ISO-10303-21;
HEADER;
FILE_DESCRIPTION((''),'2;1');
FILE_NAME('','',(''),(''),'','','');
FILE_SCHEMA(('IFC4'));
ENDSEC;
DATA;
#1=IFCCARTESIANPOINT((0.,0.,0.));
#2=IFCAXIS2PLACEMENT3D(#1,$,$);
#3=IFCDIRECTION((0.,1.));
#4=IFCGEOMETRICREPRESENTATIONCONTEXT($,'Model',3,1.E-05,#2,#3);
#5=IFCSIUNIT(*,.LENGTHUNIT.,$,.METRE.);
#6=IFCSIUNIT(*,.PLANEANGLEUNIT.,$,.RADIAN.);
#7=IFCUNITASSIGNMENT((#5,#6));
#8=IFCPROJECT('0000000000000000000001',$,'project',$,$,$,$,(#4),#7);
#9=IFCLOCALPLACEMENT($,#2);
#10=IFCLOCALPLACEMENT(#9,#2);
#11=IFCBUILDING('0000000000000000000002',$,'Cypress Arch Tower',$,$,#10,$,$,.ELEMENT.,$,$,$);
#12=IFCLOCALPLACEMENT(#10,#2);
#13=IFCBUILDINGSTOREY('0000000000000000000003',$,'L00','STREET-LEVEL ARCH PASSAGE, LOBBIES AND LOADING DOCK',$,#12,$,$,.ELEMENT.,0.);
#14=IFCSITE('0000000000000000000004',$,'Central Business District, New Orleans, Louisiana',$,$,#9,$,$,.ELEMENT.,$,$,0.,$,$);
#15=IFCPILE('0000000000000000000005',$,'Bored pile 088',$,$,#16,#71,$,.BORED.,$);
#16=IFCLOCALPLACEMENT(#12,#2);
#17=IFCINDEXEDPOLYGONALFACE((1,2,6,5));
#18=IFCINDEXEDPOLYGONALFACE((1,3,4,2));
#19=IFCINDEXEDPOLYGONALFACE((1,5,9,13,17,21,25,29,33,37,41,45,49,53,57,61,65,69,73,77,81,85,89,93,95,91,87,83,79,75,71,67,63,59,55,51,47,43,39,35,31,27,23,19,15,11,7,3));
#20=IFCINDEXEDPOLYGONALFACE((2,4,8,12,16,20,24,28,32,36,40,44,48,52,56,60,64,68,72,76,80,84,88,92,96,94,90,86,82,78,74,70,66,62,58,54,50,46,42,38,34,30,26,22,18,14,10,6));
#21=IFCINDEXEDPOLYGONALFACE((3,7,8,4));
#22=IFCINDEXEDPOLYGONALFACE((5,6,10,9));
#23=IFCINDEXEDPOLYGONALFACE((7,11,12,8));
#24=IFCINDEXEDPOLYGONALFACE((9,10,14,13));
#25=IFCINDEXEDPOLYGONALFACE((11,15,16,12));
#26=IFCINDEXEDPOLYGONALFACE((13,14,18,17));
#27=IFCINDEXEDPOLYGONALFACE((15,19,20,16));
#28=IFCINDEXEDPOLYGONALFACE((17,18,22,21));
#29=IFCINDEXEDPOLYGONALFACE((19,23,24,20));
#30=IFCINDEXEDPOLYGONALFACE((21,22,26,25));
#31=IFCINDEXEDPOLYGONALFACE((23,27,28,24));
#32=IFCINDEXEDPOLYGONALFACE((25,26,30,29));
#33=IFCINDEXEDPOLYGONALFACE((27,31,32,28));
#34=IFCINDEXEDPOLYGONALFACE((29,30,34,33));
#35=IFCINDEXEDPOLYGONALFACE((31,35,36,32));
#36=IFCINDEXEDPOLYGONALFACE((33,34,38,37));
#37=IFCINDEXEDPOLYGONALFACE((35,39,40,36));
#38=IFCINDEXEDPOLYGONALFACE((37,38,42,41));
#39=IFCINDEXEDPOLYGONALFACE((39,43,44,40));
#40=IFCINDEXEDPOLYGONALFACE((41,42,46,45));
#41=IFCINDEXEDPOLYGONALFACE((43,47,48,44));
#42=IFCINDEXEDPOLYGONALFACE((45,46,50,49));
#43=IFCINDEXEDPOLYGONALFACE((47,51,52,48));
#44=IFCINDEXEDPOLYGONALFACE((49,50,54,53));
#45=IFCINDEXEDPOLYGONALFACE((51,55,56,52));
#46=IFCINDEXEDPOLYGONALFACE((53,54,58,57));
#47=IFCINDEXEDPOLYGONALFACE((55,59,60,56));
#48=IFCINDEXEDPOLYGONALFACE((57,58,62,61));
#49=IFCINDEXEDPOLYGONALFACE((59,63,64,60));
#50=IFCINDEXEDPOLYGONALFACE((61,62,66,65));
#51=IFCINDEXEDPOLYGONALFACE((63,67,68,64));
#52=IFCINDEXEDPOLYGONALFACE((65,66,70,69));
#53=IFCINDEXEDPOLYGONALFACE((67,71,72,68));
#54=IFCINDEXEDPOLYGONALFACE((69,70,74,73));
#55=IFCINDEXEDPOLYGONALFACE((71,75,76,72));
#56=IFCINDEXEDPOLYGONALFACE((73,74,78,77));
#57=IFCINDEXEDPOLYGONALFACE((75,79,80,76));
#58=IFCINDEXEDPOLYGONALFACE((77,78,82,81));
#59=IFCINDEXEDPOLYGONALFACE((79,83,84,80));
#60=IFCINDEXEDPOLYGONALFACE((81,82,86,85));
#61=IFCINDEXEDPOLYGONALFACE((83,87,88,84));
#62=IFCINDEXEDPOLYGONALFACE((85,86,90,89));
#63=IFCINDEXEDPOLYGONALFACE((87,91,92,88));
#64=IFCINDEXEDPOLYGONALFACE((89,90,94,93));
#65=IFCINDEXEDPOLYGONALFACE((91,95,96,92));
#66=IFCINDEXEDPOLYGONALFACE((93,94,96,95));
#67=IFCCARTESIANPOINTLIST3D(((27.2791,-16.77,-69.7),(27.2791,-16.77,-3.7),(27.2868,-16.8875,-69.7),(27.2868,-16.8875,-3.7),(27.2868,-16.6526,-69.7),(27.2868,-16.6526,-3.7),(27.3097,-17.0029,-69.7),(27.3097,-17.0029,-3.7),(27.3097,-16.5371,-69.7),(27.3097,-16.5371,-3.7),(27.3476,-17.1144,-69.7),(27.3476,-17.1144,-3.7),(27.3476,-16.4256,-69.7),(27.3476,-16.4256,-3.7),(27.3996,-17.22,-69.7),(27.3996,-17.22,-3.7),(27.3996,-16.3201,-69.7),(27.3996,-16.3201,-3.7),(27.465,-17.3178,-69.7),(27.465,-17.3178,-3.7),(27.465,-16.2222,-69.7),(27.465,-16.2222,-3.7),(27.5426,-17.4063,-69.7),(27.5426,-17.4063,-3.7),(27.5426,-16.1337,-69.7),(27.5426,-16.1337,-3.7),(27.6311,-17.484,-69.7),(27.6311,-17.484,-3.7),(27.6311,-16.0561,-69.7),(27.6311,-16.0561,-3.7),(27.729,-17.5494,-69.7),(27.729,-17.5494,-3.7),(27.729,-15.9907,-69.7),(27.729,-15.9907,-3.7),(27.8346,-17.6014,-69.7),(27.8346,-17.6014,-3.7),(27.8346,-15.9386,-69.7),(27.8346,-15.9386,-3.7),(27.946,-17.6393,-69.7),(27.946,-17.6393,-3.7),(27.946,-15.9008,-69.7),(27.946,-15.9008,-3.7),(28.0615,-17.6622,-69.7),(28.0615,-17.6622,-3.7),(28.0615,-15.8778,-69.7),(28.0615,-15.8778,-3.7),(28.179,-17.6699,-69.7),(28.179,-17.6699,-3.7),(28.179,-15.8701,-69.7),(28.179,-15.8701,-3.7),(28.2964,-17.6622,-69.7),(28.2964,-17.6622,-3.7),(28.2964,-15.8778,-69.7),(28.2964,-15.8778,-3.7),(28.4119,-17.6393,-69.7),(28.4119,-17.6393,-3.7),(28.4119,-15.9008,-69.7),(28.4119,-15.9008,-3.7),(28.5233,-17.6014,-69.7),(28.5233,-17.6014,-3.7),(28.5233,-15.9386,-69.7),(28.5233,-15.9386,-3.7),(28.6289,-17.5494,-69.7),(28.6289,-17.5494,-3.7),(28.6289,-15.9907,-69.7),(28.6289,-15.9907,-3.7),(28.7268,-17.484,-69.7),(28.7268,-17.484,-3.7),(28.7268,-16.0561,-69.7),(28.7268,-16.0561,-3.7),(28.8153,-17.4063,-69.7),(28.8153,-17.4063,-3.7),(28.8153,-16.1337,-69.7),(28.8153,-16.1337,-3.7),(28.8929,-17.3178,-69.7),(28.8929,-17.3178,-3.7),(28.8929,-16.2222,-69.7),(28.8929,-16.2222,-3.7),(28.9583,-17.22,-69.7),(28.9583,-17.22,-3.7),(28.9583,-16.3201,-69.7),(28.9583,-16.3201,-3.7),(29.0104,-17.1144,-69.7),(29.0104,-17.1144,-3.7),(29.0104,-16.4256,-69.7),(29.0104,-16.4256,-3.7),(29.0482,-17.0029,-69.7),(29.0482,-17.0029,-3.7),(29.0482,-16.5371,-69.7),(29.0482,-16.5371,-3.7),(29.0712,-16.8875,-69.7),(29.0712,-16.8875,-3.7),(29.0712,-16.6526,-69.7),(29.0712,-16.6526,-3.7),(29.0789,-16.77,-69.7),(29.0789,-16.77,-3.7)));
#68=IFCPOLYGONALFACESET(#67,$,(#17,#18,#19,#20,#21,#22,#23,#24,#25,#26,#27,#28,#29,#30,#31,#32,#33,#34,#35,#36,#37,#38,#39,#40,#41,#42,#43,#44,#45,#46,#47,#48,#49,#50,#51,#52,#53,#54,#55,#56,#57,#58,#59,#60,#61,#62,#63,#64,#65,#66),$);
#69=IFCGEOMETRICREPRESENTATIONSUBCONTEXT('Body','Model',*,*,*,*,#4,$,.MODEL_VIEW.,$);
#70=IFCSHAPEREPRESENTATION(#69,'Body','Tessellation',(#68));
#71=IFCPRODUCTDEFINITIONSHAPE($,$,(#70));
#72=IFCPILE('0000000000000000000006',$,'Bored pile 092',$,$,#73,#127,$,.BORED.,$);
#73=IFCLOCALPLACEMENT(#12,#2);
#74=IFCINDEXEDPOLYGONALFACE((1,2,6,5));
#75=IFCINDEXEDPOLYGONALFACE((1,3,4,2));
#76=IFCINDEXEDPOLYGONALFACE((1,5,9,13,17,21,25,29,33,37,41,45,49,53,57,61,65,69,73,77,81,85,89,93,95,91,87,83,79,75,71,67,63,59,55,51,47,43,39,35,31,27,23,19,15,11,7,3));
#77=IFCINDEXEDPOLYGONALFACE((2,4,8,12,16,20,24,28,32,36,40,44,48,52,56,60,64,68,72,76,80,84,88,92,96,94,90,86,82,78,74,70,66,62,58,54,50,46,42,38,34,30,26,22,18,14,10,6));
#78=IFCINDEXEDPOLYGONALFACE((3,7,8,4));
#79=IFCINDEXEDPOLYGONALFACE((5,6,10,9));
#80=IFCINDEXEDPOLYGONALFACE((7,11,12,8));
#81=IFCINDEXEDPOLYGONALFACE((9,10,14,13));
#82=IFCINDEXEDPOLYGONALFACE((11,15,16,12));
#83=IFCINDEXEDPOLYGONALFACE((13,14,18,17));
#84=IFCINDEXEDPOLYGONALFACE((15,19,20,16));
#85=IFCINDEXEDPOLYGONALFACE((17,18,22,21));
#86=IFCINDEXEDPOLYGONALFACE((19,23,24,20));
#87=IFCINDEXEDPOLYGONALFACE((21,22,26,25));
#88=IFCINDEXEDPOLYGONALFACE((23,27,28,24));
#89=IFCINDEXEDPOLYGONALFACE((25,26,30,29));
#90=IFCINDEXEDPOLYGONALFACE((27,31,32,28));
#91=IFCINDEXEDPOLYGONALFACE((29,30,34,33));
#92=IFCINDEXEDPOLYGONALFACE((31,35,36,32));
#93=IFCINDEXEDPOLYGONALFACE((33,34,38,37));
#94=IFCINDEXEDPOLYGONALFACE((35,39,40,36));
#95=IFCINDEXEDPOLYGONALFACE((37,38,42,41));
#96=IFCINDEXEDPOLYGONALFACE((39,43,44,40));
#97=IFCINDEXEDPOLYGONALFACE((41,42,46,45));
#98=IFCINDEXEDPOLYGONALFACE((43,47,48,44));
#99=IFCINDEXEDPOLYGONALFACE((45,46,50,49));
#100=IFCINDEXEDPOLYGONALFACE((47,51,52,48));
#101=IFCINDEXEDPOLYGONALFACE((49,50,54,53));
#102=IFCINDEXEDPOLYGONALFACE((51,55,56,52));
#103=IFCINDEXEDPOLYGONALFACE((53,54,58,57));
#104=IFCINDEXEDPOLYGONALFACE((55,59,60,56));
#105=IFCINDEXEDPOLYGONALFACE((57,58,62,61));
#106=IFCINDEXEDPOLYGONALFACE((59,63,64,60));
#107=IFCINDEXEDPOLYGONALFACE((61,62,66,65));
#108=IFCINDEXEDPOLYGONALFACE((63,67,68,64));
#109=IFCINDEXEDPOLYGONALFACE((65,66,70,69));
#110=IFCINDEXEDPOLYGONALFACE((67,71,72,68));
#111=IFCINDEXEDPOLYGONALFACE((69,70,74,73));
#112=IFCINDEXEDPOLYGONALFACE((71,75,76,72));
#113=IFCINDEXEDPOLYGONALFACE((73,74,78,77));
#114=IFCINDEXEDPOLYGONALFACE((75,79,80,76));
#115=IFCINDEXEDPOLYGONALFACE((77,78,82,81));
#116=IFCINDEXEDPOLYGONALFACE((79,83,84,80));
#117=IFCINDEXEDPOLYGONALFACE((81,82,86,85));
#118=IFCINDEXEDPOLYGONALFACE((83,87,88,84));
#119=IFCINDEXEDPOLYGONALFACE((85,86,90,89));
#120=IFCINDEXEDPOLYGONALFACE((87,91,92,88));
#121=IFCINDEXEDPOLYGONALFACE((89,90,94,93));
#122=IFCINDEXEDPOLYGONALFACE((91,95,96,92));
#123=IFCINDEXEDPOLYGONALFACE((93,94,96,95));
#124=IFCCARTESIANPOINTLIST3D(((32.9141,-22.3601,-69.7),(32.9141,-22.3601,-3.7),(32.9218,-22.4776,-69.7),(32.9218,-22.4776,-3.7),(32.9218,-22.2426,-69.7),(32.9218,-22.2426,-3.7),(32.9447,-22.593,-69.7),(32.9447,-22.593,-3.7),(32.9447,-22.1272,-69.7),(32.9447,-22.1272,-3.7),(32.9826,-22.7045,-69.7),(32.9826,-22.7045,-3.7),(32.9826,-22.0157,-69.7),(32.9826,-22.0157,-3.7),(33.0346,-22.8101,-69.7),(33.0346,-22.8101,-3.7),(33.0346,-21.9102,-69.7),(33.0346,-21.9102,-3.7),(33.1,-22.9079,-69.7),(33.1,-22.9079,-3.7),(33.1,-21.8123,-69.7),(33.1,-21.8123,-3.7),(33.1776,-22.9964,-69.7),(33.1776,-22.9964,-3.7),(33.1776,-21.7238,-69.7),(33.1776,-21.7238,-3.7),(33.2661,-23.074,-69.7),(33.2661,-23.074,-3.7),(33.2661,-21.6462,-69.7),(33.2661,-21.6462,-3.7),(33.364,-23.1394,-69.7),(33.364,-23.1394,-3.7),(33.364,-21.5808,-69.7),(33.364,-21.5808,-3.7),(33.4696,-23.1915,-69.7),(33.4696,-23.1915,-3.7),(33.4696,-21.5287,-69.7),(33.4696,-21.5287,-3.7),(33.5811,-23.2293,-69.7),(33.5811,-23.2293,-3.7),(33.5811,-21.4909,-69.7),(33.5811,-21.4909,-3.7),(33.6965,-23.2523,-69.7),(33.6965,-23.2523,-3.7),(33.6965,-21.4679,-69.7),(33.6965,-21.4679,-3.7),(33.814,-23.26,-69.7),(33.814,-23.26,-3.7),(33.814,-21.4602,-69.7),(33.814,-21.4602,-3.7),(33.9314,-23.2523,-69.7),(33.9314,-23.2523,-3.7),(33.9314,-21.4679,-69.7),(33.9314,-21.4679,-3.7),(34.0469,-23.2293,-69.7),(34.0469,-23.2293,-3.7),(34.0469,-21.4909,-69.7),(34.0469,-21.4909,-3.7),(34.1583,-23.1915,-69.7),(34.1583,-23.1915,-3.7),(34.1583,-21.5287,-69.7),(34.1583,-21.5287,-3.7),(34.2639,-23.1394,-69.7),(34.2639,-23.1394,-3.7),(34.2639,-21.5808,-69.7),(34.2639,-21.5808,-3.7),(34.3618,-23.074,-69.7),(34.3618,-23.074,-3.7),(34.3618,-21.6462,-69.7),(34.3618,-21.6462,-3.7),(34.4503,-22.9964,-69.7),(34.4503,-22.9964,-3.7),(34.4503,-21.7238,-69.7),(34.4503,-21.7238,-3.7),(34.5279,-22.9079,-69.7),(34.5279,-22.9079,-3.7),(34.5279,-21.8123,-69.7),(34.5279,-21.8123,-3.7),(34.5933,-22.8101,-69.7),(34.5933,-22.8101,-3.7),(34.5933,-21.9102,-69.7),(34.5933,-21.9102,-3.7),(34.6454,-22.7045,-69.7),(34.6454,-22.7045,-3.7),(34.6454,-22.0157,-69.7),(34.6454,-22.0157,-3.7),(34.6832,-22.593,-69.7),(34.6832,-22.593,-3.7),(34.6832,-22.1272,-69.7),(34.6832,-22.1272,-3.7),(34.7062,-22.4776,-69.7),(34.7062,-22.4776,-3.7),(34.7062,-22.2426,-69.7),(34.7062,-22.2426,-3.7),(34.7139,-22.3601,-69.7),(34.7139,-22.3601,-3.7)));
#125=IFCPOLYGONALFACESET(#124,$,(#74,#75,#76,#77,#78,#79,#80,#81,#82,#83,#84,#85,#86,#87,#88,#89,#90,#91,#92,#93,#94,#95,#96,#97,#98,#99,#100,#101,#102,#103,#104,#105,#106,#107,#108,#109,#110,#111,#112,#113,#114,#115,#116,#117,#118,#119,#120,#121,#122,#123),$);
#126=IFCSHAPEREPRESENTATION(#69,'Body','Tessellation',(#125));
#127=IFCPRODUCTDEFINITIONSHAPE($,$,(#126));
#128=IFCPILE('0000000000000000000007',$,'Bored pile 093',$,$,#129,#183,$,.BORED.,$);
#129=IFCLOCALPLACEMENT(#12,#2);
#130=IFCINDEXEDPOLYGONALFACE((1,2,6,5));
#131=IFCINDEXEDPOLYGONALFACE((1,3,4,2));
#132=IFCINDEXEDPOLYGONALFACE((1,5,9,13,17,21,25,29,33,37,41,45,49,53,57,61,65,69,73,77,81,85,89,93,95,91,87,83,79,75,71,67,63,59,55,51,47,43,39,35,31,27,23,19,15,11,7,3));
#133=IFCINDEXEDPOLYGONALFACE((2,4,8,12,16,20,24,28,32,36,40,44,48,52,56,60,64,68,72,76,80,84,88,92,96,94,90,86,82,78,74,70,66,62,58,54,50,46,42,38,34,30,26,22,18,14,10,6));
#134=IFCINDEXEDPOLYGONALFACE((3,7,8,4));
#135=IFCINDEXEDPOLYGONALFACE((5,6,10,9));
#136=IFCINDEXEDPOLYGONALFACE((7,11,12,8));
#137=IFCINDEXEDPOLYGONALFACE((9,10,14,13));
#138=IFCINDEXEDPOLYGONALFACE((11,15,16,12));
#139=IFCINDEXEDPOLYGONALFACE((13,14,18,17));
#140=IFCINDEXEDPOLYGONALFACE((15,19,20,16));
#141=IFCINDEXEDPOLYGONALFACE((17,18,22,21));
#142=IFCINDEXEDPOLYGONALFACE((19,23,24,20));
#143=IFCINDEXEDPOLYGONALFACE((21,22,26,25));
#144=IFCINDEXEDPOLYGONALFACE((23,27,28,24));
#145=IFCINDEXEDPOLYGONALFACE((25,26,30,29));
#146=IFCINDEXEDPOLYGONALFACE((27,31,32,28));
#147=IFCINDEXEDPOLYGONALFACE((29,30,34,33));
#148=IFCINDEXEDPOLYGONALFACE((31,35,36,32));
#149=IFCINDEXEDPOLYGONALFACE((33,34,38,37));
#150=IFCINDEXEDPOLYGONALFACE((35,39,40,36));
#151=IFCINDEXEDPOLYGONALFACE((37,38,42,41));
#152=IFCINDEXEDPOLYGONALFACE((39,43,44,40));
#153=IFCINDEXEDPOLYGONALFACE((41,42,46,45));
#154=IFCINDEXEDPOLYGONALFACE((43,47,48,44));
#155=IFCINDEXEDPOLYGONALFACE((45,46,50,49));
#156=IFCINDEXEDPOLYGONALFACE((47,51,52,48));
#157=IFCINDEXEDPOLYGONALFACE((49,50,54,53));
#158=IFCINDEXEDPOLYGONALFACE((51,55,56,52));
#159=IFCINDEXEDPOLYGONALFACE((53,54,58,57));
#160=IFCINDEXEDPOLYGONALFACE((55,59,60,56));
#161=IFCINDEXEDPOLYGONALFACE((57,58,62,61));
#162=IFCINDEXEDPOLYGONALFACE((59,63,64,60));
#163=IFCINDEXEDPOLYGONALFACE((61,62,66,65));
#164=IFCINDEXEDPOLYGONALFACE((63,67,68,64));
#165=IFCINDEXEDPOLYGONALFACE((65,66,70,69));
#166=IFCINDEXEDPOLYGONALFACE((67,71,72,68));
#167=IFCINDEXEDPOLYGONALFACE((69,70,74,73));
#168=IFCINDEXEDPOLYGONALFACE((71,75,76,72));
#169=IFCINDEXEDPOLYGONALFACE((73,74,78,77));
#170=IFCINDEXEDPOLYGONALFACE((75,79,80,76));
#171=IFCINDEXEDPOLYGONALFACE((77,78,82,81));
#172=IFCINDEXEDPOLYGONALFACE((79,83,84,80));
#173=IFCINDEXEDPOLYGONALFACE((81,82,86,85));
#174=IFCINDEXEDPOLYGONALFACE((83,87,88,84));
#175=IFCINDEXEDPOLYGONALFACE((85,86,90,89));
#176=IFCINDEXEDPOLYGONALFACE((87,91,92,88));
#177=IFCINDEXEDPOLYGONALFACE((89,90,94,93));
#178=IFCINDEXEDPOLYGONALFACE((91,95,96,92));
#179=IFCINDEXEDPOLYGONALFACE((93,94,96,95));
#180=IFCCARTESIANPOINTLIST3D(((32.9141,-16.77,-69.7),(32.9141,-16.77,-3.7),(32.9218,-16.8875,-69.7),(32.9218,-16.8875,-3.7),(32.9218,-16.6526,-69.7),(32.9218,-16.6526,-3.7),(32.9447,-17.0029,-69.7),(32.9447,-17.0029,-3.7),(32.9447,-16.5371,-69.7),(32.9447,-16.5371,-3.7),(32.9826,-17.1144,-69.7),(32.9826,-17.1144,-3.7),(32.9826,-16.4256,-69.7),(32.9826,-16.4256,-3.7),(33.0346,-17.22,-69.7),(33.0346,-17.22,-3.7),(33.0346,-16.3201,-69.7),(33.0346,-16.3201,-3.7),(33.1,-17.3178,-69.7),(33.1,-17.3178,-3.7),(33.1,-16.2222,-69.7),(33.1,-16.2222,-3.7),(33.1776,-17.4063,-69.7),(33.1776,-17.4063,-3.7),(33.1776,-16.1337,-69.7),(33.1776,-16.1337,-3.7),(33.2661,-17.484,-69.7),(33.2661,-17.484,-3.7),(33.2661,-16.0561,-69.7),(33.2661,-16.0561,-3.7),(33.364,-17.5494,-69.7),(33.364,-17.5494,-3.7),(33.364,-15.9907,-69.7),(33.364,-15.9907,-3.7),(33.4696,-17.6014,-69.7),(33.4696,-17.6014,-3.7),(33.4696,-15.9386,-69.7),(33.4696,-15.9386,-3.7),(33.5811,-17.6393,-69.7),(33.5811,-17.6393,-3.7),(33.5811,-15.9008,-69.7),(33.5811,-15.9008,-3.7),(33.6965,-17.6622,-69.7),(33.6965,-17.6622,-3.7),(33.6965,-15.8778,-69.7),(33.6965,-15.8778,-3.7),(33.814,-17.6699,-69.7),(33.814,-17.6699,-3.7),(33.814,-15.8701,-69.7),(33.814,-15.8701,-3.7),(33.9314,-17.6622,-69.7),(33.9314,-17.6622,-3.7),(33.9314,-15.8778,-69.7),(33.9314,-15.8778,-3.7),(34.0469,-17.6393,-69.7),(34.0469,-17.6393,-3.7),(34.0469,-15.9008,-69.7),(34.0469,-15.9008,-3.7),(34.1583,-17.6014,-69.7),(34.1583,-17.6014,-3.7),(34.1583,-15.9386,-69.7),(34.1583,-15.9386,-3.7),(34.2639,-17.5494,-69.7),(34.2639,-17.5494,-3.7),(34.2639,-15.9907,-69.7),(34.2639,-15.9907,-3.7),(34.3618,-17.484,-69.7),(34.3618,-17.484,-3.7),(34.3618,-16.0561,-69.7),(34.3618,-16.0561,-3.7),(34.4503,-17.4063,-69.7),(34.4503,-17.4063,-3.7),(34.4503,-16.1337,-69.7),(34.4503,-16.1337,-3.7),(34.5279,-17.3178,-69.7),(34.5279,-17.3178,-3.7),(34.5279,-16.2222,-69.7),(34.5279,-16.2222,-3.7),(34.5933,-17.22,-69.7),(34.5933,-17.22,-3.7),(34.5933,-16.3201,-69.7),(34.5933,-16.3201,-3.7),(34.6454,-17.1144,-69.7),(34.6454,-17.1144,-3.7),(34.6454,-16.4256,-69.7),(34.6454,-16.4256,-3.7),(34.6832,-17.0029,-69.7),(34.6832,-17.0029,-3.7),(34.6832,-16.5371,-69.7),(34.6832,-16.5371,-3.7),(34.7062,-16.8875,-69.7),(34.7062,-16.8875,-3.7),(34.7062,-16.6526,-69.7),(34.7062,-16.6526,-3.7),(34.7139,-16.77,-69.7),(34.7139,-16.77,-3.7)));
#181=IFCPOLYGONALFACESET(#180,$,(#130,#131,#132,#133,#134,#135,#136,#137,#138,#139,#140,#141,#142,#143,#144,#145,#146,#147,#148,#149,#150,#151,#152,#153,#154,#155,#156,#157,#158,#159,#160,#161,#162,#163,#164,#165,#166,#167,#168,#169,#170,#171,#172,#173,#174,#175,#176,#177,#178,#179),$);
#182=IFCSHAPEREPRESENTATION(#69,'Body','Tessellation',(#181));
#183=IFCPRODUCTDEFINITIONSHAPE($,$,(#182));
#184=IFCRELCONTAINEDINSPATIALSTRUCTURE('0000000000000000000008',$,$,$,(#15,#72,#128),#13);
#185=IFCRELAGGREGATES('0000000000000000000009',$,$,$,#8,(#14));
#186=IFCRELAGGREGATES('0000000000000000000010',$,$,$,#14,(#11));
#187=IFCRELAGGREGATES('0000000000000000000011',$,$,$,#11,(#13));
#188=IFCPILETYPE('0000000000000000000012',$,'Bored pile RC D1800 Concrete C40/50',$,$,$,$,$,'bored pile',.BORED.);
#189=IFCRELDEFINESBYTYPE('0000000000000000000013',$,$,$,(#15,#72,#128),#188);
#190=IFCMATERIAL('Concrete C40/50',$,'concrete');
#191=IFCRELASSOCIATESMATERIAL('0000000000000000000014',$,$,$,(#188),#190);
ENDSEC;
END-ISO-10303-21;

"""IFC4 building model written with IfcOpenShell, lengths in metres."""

from ifc_helpers import new_model, si_unit, direction, frame, origin, origin_2d, place, context, subcontext, project, spatial, circle, extrude, material, material_profile, profile_set, type_object, element, save


model = new_model("IFC4")

# Units and contexts
model_context = context("Model", 3, precision=1e-05, world=origin(), true_north=direction((0.0, 1.0)))
body_context = subcontext(model_context, "Body", "Model", "MODEL_VIEW")
ifc_project = project(units=[si_unit("LENGTHUNIT", "METRE"), si_unit("PLANEANGLEUNIT", "RADIAN")], contexts=[model_context])

# Site, building, storey
site_placement = place(None, origin())
site = spatial("IfcSite", under=ifc_project, at=site_placement, Name="Central Business District, New Orleans, Louisiana", CompositionType="ELEMENT", RefElevation=0.0)
building_placement = place(site_placement, origin())
building = spatial("IfcBuilding", under=site, at=building_placement, Name="Cypress Arch Tower", CompositionType="ELEMENT")
storey_placement = place(building_placement, origin())
storey = spatial("IfcBuildingStorey", under=building, at=storey_placement, Name="L00", Description="STREET-LEVEL ARCH PASSAGE, LOBBIES AND LOADING DOCK", CompositionType="ELEMENT", Elevation=0.0)

# Piles
ifc_material_1 = material(Name="Concrete C40/50", Category="concrete")
ifc_material_profile_1 = material_profile(ifc_material_1, circle(Radius=0.8999, at=origin_2d()), Name="RC D1800")
ifc_profile_set_1 = profile_set([ifc_material_profile_1], Name="Concrete C40/50")
pile_type = type_object("IfcPileType", Name="Bored pile RC D1800 Concrete C40/50", ElementType="bored pile", PredefinedType="BORED", material=ifc_profile_set_1)
for number, where, z_axis, x_axis, name in (
    (1, (28.179, -16.77, -3.7), (0.0, 0.0, -1.0), (1.0, 0.0, 0.0), "Bored pile 088"),
    (2, (33.814, -22.3601, -3.7), (0.0, 0.0, -1.0), (1.0, 0.0, 0.0), "Bored pile 092"),
    (3, (33.814, -16.77, -3.7), (0.0, 0.0, -1.0), (1.0, 0.0, 0.0), "Bored pile 093"),
):
    element("IfcPile", number, at=place(storey_placement, frame(where, z_axis=z_axis, x_axis=x_axis)), inside=storey, type_object=pile_type, Name=name, PredefinedType="BORED", context=body_context, shape_type="SweptSolid", body=[
        extrude(circle(Radius=0.8999, at=origin_2d()), origin(), (0.0, 0.0, 1.0), 66.0),
    ])

save(model, "model.ifc")
